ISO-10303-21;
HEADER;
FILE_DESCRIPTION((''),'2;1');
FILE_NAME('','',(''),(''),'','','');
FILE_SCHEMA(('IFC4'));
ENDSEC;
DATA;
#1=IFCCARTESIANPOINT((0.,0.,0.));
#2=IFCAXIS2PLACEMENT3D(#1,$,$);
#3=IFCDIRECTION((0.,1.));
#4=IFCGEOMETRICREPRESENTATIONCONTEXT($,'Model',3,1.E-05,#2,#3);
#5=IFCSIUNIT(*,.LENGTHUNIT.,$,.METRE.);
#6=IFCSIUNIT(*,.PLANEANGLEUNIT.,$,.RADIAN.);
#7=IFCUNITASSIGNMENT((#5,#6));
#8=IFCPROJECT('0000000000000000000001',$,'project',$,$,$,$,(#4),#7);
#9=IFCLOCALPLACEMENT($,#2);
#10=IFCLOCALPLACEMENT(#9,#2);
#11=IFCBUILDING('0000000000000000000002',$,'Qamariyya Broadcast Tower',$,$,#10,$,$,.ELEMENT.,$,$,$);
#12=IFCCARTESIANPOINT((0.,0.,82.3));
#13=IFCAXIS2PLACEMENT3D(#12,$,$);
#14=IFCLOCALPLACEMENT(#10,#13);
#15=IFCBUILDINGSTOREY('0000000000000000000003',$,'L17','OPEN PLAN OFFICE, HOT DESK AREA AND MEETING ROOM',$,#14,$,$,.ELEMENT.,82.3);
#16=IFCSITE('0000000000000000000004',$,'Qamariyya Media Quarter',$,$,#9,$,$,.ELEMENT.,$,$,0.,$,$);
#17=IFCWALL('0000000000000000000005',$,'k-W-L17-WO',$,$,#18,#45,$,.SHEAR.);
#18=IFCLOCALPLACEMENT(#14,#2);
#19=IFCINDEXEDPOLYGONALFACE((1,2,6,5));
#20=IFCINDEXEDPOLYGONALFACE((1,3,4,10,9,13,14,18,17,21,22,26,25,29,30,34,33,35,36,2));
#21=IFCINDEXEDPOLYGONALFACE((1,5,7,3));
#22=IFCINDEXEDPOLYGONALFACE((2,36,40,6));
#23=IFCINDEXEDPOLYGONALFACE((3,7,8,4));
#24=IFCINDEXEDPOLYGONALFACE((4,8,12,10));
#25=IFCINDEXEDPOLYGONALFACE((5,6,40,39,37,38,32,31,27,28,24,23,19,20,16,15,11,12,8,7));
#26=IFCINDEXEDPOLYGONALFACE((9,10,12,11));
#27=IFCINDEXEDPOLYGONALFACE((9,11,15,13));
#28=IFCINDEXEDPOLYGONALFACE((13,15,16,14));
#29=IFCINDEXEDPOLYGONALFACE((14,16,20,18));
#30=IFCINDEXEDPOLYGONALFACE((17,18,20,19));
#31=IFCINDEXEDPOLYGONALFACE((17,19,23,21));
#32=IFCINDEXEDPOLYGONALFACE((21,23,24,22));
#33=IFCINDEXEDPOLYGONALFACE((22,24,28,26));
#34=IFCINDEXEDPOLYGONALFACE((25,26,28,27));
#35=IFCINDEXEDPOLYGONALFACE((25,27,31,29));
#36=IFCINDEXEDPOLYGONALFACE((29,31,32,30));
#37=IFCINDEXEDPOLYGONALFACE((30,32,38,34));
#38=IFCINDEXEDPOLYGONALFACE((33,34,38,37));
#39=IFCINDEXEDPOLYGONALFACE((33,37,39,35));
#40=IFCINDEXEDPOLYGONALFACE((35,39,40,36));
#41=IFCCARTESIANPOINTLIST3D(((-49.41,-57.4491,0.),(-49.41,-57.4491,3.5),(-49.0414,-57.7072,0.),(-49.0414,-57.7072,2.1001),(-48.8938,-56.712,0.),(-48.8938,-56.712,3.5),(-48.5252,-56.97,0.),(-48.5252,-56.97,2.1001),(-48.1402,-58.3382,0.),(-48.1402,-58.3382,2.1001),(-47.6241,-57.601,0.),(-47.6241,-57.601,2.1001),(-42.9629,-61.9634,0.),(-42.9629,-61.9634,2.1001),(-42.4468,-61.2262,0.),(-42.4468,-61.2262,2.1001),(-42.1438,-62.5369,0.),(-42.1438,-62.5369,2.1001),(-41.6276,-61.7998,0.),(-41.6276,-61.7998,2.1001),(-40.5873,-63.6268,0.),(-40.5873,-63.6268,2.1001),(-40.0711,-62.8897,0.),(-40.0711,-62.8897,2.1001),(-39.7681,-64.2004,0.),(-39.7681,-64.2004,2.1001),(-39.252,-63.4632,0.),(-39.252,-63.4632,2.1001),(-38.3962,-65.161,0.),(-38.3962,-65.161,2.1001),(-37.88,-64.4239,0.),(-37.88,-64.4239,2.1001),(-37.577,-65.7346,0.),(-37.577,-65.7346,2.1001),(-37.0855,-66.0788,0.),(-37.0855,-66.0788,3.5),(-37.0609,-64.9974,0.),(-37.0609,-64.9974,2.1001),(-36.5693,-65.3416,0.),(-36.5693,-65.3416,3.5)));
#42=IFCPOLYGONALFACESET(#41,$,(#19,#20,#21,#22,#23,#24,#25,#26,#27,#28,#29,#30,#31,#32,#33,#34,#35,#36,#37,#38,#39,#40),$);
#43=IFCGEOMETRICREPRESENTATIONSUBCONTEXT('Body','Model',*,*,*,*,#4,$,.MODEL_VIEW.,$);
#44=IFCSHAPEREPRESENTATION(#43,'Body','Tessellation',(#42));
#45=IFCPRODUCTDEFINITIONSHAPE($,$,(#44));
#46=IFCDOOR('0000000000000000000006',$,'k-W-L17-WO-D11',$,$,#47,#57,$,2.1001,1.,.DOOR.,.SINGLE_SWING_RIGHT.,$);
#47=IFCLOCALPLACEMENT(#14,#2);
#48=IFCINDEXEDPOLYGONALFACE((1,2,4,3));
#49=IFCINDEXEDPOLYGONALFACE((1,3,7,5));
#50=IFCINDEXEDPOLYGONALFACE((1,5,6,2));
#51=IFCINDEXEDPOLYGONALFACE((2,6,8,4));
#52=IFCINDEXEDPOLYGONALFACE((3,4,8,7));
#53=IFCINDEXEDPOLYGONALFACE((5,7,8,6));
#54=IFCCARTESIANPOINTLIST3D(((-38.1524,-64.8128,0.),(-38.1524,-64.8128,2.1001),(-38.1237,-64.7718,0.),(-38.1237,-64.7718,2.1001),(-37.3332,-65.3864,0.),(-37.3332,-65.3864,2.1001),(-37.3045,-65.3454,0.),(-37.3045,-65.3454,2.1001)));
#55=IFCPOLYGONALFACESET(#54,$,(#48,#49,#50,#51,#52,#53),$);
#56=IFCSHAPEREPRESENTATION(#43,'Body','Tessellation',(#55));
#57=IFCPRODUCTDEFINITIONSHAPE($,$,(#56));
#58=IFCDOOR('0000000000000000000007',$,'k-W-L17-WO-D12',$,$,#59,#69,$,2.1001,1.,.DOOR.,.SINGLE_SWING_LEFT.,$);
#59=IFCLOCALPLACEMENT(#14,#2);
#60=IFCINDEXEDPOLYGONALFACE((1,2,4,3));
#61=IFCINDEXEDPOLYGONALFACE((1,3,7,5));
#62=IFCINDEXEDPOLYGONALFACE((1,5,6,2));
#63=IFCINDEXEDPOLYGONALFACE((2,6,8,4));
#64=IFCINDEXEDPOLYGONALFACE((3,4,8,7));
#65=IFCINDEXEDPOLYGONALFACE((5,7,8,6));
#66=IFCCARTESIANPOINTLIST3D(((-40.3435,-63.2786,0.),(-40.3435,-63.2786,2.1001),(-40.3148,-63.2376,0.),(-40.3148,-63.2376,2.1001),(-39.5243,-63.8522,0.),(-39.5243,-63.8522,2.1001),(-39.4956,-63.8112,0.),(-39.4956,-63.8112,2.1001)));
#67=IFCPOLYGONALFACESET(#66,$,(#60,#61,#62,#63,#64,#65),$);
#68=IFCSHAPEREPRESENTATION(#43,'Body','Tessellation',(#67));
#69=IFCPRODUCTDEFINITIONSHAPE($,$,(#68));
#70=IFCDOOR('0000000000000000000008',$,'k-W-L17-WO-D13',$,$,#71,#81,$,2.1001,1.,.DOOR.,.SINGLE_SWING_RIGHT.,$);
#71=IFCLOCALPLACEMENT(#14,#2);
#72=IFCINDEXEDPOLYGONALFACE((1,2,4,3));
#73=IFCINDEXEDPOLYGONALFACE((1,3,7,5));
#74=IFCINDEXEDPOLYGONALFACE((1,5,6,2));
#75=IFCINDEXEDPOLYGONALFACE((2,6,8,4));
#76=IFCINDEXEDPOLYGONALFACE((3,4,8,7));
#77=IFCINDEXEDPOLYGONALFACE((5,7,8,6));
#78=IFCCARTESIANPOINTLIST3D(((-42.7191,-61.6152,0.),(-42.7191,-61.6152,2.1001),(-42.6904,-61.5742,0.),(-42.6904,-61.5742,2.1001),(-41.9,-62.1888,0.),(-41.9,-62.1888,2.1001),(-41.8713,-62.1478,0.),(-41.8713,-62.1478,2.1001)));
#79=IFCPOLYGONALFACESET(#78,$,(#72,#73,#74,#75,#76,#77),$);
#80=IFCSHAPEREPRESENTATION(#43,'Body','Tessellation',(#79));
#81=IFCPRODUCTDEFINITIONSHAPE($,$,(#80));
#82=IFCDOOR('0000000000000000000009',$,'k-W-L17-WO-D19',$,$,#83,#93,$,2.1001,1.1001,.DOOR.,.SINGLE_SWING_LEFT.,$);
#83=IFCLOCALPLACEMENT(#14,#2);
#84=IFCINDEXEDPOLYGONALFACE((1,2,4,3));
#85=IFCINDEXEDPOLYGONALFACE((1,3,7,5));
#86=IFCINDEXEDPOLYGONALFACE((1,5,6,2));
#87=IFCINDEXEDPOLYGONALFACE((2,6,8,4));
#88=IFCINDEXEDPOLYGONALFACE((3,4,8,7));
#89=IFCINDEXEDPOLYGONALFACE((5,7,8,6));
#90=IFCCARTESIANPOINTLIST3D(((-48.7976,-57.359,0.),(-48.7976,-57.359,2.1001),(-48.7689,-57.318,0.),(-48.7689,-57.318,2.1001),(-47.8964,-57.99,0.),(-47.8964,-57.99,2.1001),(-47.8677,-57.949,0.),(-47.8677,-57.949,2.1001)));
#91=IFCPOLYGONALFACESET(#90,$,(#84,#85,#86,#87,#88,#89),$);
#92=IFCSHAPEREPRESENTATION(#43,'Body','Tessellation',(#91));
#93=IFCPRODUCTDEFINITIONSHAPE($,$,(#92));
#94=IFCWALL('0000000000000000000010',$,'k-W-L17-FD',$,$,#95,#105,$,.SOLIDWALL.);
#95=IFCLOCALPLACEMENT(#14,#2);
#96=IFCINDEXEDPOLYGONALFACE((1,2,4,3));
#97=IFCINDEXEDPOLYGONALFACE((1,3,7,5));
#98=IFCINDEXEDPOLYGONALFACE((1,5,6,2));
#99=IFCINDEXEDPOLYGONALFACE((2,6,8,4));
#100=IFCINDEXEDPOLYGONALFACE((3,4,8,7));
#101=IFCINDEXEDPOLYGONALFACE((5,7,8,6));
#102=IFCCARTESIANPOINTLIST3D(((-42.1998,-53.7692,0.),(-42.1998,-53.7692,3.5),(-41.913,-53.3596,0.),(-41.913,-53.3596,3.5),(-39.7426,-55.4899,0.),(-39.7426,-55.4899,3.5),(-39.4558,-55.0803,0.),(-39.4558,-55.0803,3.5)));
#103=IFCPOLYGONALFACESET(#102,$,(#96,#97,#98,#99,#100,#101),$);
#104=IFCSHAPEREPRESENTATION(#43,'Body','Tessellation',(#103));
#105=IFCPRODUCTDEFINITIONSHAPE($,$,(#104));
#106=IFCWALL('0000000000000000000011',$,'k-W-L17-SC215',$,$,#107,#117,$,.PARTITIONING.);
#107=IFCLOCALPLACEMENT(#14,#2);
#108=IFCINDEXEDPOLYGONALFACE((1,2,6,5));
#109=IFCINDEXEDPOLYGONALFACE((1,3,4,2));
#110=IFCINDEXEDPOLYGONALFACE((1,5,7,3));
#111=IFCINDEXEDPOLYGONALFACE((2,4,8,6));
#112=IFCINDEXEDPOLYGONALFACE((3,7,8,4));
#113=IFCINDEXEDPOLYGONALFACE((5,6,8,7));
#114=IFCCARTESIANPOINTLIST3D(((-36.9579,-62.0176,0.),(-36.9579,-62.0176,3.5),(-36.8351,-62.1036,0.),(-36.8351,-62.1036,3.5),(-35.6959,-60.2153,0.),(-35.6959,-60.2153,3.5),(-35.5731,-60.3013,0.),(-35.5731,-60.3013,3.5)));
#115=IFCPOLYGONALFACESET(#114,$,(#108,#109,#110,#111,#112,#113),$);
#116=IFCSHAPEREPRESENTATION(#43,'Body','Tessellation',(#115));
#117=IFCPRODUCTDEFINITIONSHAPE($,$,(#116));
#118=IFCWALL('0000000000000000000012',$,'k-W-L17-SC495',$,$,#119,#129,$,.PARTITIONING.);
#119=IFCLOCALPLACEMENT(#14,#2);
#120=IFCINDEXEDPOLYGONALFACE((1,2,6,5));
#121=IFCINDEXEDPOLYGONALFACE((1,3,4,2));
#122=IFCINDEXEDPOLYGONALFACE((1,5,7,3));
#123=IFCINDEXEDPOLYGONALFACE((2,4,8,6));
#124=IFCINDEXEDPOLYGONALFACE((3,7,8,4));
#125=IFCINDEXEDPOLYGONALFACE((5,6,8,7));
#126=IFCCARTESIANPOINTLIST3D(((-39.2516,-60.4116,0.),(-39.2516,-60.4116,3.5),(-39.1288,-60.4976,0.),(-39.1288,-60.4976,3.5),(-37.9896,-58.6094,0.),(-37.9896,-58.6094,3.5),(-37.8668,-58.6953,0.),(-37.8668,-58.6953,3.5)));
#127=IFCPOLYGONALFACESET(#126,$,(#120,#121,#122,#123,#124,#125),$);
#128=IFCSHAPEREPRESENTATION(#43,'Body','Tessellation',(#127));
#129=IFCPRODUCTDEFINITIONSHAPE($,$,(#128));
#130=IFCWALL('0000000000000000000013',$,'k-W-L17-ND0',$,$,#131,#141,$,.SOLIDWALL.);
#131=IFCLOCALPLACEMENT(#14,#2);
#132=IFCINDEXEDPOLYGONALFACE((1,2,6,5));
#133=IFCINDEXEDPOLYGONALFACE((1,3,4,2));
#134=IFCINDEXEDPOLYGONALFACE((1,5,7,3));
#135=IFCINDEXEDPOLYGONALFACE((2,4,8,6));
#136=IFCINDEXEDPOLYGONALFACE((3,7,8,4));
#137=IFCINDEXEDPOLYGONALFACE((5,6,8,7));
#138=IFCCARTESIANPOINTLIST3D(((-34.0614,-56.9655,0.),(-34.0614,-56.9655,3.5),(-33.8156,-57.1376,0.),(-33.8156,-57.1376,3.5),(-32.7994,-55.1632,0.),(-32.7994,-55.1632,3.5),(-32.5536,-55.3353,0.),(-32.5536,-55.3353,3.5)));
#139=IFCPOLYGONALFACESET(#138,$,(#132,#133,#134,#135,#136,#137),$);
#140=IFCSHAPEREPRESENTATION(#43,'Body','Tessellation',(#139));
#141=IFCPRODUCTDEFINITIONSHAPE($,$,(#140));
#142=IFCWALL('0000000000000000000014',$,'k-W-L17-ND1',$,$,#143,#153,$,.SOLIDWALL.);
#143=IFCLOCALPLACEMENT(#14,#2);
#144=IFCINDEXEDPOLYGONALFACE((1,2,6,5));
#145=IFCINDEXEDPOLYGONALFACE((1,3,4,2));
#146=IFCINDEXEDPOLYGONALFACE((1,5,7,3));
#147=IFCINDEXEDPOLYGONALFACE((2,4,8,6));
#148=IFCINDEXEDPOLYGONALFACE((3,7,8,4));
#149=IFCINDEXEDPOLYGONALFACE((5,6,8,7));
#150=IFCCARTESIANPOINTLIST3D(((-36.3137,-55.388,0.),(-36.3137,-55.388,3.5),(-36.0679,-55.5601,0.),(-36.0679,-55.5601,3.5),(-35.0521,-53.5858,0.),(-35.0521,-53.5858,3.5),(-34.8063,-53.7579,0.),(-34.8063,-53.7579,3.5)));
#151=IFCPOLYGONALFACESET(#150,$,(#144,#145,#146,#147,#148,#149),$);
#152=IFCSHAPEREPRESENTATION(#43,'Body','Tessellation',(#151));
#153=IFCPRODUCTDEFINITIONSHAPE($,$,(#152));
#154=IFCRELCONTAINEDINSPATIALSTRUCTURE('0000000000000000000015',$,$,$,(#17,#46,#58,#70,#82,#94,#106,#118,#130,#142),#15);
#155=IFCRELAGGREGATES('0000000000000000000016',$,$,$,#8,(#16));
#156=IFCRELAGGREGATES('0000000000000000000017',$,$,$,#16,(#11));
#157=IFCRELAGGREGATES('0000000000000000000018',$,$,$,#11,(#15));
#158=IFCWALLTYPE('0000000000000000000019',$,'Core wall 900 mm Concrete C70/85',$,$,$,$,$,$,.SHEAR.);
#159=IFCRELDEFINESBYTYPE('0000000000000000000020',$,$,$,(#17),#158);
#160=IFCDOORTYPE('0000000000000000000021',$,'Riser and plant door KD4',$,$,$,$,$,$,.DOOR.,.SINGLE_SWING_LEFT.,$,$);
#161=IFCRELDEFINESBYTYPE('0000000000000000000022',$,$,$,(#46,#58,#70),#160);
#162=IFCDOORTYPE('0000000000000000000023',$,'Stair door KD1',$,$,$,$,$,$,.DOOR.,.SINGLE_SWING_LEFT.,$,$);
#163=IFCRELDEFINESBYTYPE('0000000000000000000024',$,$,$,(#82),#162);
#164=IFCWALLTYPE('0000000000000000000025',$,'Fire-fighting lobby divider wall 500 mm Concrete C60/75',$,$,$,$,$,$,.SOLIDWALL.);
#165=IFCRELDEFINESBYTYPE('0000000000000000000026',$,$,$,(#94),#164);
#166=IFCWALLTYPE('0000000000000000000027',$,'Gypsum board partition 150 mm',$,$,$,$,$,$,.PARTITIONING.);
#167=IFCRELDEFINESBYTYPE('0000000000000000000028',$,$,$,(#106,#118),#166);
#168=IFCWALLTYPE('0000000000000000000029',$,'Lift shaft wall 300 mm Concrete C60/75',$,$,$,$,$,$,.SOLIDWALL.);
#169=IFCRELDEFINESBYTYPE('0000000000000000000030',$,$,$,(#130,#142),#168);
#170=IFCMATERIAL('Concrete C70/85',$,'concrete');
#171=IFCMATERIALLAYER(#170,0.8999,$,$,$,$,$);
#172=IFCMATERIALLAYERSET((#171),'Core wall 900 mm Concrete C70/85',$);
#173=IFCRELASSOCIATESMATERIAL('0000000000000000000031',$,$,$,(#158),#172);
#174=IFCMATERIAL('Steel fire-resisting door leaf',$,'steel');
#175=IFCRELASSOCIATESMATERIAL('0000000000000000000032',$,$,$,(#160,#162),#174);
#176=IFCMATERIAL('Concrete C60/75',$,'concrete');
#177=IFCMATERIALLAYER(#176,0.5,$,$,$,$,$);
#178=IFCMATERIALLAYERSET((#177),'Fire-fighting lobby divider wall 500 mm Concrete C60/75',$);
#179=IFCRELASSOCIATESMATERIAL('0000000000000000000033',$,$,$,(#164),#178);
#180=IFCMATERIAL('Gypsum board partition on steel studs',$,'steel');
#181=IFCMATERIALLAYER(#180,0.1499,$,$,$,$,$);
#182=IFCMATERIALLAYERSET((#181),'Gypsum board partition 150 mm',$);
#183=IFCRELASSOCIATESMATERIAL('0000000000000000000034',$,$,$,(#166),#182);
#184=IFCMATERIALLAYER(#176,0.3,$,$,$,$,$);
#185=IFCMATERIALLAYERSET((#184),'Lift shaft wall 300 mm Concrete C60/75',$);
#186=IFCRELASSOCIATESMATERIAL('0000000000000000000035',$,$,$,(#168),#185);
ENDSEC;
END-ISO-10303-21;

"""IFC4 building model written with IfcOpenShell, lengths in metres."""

from ifc_helpers import new_model, si_unit, direction, frame, frame_2d, origin, place, context, subcontext, project, spatial, rectangle, extrude, material, layer, layer_set, type_object, element, fill, save


model = new_model("IFC4")

# Units and contexts
model_context = context("Model", 3, precision=1e-05, world=origin(), true_north=direction((0.0, 1.0)))
body_context = subcontext(model_context, "Body", "Model", "MODEL_VIEW")
ifc_project = project(units=[si_unit("LENGTHUNIT", "METRE"), si_unit("PLANEANGLEUNIT", "RADIAN")], contexts=[model_context])

# Site, building, storey
site_placement = place(None, origin())
site = spatial("IfcSite", under=ifc_project, at=site_placement, Name="Qamariyya Media Quarter", CompositionType="ELEMENT", RefElevation=0.0)
building_placement = place(site_placement, origin())
building = spatial("IfcBuilding", under=site, at=building_placement, Name="Qamariyya Broadcast Tower", CompositionType="ELEMENT")
storey_placement = place(building_placement, frame((0.0, 0.0, 82.3)))
storey = spatial("IfcBuildingStorey", under=building, at=storey_placement, Name="L17", Description="OPEN PLAN OFFICE, HOT DESK AREA AND MEETING ROOM", CompositionType="ELEMENT", Elevation=82.3)

# Shared definitions
ifc_material_1 = material(Name="Concrete C70/85", Category="concrete")

# Shared definitions
ifc_layer_1 = layer(ifc_material_1, 0.8999)
ifc_layer_set_1 = layer_set([ifc_layer_1], Name="Core wall 900 mm Concrete C70/85")
wall_type_1 = type_object("IfcWallType", Name="Core wall 900 mm Concrete C70/85", PredefinedType="SHEAR", material=ifc_layer_set_1)
ifc_material_2 = material(Name="Steel fire-resisting door leaf", Category="steel")

# Wall, openings, doors
wall_1_placement = place(storey_placement, frame((-36.8274, -65.7102, 0.0), z_axis=(0.0, 0.0, 1.0), x_axis=(-0.819153, 0.573575, 0.0)))
wall_1 = element("IfcWall", 1, at=wall_1_placement, inside=storey, type_object=wall_type_1, Name="k-W-L17-WO", PredefinedType="SHEAR", context=body_context, shape_type="SweptSolid", body=[
    extrude(rectangle(XDim=15.0454, YDim=0.8999, at=frame_2d((7.5227, 0.0))), origin(), (0.0, 0.0, 1.0), 3.5),
])
opening_1_placement = place(wall_1_placement, frame((0.6001, 0.0, 0.0)))
opening_1 = element("IfcOpeningElement", 2, at=opening_1_placement, cuts=wall_1, PredefinedType="OPENING", context=body_context, shape_type="SweptSolid", body=[
    extrude(rectangle(XDim=1.0, YDim=2.1001, at=frame_2d((0.5, 1.05))), frame((0.0, 0.46, 0.0), z_axis=(0.0, -1.0, 0.0), x_axis=(1.0, 0.0, 0.0)), (0.0, 0.0, 1.0), 0.9199),
])
opening_2_placement = place(wall_1_placement, frame((3.2749, 0.0, 0.0)))
opening_2 = element("IfcOpeningElement", 3, at=opening_2_placement, cuts=wall_1, PredefinedType="OPENING", context=body_context, shape_type="SweptSolid", body=[
    extrude(rectangle(XDim=1.0, YDim=2.1001, at=frame_2d((0.5, 1.05))), frame((0.0, 0.46, 0.0), z_axis=(0.0, -1.0, 0.0), x_axis=(1.0, 0.0, 0.0)), (0.0, 0.0, 1.0), 0.9199),
])
opening_3_placement = place(wall_1_placement, frame((6.175, 0.0, 0.0)))
opening_3 = element("IfcOpeningElement", 4, at=opening_3_placement, cuts=wall_1, PredefinedType="OPENING", context=body_context, shape_type="SweptSolid", body=[
    extrude(rectangle(XDim=1.0, YDim=2.1001, at=frame_2d((0.5, 1.05))), frame((0.0, 0.46, 0.0), z_axis=(0.0, -1.0, 0.0), x_axis=(1.0, 0.0, 0.0)), (0.0, 0.0, 1.0), 0.9199),
])
opening_4_placement = place(wall_1_placement, frame((13.4954, 0.0, 0.0)))
opening_4 = element("IfcOpeningElement", 5, at=opening_4_placement, cuts=wall_1, PredefinedType="OPENING", context=body_context, shape_type="SweptSolid", body=[
    extrude(rectangle(XDim=1.1001, YDim=2.1001, at=frame_2d((0.55, 1.05))), frame((0.0, 0.46, 0.0), z_axis=(0.0, -1.0, 0.0), x_axis=(1.0, 0.0, 0.0)), (0.0, 0.0, 1.0), 0.9199),
])
door_type_1 = type_object("IfcDoorType", Name="Riser and plant door KD4", OperationType="SINGLE_SWING_LEFT", PredefinedType="DOOR", material=ifc_material_2)
door_1_placement = place(opening_1_placement, origin())
door_1 = element("IfcDoor", 6, at=door_1_placement, inside=storey, type_object=door_type_1, Name="k-W-L17-WO-D11", OperationType="SINGLE_SWING_RIGHT", OverallHeight=2.1001, OverallWidth=1.0, PredefinedType="DOOR", context=body_context, shape_type="SweptSolid", body=[
    extrude(rectangle(XDim=1.0, YDim=2.1001, at=frame_2d((0.5, 1.05))), frame((0.0, 0.0249, 0.0), z_axis=(0.0, -1.0, 0.0), x_axis=(1.0, 0.0, 0.0)), (0.0, 0.0, 1.0), 0.05),
])
fill(opening_1, door_1)
door_2_placement = place(opening_2_placement, origin())
door_2 = element("IfcDoor", 7, at=door_2_placement, inside=storey, type_object=door_type_1, Name="k-W-L17-WO-D12", OperationType="SINGLE_SWING_LEFT", OverallHeight=2.1001, OverallWidth=1.0, PredefinedType="DOOR", context=body_context, shape_type="SweptSolid", body=[
    extrude(rectangle(XDim=1.0, YDim=2.1001, at=frame_2d((0.5, 1.05))), frame((0.0, 0.0249, 0.0), z_axis=(0.0, -1.0, 0.0), x_axis=(1.0, 0.0, 0.0)), (0.0, 0.0, 1.0), 0.05),
])
fill(opening_2, door_2)
door_3_placement = place(opening_3_placement, origin())
door_3 = element("IfcDoor", 8, at=door_3_placement, inside=storey, type_object=door_type_1, Name="k-W-L17-WO-D13", OperationType="SINGLE_SWING_RIGHT", OverallHeight=2.1001, OverallWidth=1.0, PredefinedType="DOOR", context=body_context, shape_type="SweptSolid", body=[
    extrude(rectangle(XDim=1.0, YDim=2.1001, at=frame_2d((0.5, 1.05))), frame((0.0, 0.0249, 0.0), z_axis=(0.0, -1.0, 0.0), x_axis=(1.0, 0.0, 0.0)), (0.0, 0.0, 1.0), 0.05),
])
fill(opening_3, door_3)
door_type_2 = type_object("IfcDoorType", Name="Stair door KD1", OperationType="SINGLE_SWING_LEFT", PredefinedType="DOOR", material=ifc_material_2)
door_4_placement = place(opening_4_placement, origin())
door_4 = element("IfcDoor", 9, at=door_4_placement, inside=storey, type_object=door_type_2, Name="k-W-L17-WO-D19", OperationType="SINGLE_SWING_LEFT", OverallHeight=2.1001, OverallWidth=1.1001, PredefinedType="DOOR", context=body_context, shape_type="SweptSolid", body=[
    extrude(rectangle(XDim=1.1001, YDim=2.1001, at=frame_2d((0.55, 1.05))), frame((0.0, 0.0249, 0.0), z_axis=(0.0, -1.0, 0.0), x_axis=(1.0, 0.0, 0.0)), (0.0, 0.0, 1.0), 0.05),
])
fill(opening_4, door_4)

# Walls
ifc_material_3 = material(Name="Concrete C60/75", Category="concrete")
ifc_layer_2 = layer(ifc_material_3, 0.5)
ifc_layer_set_2 = layer_set([ifc_layer_2], Name="Fire-fighting lobby divider wall 500 mm Concrete C60/75")
wall_type_2 = type_object("IfcWallType", Name="Fire-fighting lobby divider wall 500 mm Concrete C60/75", PredefinedType="SOLIDWALL", material=ifc_layer_set_2)
wall_2_placement = place(storey_placement, frame((-39.5991, -55.2852, 0.0), z_axis=(0.0, 0.0, 1.0), x_axis=(-0.819136, 0.573599, 0.0)))
element("IfcWall", 10, at=wall_2_placement, inside=storey, type_object=wall_type_2, Name="k-W-L17-FD", PredefinedType="SOLIDWALL", context=body_context, shape_type="SweptSolid", body=[
    extrude(rectangle(XDim=2.9998, YDim=0.5, at=frame_2d((1.5, 0.0))), origin(), (0.0, 0.0, 1.0), 3.5),
])
ifc_material_4 = material(Name="Gypsum board partition on steel studs", Category="steel")
ifc_layer_3 = layer(ifc_material_4, 0.1499)
ifc_layer_set_3 = layer_set([ifc_layer_3], Name="Gypsum board partition 150 mm")
wall_type_3 = type_object("IfcWallType", Name="Gypsum board partition 150 mm", PredefinedType="PARTITIONING", material=ifc_layer_set_3)
for number, where, z_axis, x_axis, name in (
    (11, (-35.6345, -60.2583, 0.0), (0.0, 0.0, 1.0), (-0.573581, -0.819149, 0.0), "k-W-L17-SC215"),
    (12, (-37.9282, -58.6523, 0.0), (0.0, 0.0, 1.0), (-0.573581, -0.819149, 0.0), "k-W-L17-SC495"),
):
    element("IfcWall", number, at=place(storey_placement, frame(where, z_axis=z_axis, x_axis=x_axis)), inside=storey, type_object=wall_type_3, Name=name, PredefinedType="PARTITIONING", context=body_context, shape_type="SweptSolid", body=[
        extrude(rectangle(XDim=2.2002, YDim=0.1499, at=frame_2d((1.1001, 0.0))), origin(), (0.0, 0.0, 1.0), 3.5),
    ])
ifc_layer_4 = layer(ifc_material_3, 0.3)
ifc_layer_set_4 = layer_set([ifc_layer_4], Name="Lift shaft wall 300 mm Concrete C60/75")
wall_type_4 = type_object("IfcWallType", Name="Lift shaft wall 300 mm Concrete C60/75", PredefinedType="SOLIDWALL", material=ifc_layer_set_4)
wall_3_placement = place(storey_placement, frame((-33.9385, -57.0515, 0.0), z_axis=(0.0, 0.0, 1.0), x_axis=(0.573581, 0.819149, 0.0)))
element("IfcWall", 13, at=wall_3_placement, inside=storey, type_object=wall_type_4, Name="k-W-L17-ND0", PredefinedType="SOLIDWALL", context=body_context, shape_type="SweptSolid", body=[
    extrude(rectangle(XDim=2.2002, YDim=0.3, at=frame_2d((1.1001, 0.0))), origin(), (0.0, 0.0, 1.0), 3.5),
])
wall_4_placement = place(storey_placement, frame((-36.1909, -55.4741, 0.0), z_axis=(0.0, 0.0, 1.0), x_axis=(0.573507, 0.819201, 0.0)))
element("IfcWall", 14, at=wall_4_placement, inside=storey, type_object=wall_type_4, Name="k-W-L17-ND1", PredefinedType="SOLIDWALL", context=body_context, shape_type="SweptSolid", body=[
    extrude(rectangle(XDim=2.2, YDim=0.3, at=frame_2d((1.1001, 0.0))), origin(), (0.0, 0.0, 1.0), 3.5),
])

save(model, "model.ifc")
